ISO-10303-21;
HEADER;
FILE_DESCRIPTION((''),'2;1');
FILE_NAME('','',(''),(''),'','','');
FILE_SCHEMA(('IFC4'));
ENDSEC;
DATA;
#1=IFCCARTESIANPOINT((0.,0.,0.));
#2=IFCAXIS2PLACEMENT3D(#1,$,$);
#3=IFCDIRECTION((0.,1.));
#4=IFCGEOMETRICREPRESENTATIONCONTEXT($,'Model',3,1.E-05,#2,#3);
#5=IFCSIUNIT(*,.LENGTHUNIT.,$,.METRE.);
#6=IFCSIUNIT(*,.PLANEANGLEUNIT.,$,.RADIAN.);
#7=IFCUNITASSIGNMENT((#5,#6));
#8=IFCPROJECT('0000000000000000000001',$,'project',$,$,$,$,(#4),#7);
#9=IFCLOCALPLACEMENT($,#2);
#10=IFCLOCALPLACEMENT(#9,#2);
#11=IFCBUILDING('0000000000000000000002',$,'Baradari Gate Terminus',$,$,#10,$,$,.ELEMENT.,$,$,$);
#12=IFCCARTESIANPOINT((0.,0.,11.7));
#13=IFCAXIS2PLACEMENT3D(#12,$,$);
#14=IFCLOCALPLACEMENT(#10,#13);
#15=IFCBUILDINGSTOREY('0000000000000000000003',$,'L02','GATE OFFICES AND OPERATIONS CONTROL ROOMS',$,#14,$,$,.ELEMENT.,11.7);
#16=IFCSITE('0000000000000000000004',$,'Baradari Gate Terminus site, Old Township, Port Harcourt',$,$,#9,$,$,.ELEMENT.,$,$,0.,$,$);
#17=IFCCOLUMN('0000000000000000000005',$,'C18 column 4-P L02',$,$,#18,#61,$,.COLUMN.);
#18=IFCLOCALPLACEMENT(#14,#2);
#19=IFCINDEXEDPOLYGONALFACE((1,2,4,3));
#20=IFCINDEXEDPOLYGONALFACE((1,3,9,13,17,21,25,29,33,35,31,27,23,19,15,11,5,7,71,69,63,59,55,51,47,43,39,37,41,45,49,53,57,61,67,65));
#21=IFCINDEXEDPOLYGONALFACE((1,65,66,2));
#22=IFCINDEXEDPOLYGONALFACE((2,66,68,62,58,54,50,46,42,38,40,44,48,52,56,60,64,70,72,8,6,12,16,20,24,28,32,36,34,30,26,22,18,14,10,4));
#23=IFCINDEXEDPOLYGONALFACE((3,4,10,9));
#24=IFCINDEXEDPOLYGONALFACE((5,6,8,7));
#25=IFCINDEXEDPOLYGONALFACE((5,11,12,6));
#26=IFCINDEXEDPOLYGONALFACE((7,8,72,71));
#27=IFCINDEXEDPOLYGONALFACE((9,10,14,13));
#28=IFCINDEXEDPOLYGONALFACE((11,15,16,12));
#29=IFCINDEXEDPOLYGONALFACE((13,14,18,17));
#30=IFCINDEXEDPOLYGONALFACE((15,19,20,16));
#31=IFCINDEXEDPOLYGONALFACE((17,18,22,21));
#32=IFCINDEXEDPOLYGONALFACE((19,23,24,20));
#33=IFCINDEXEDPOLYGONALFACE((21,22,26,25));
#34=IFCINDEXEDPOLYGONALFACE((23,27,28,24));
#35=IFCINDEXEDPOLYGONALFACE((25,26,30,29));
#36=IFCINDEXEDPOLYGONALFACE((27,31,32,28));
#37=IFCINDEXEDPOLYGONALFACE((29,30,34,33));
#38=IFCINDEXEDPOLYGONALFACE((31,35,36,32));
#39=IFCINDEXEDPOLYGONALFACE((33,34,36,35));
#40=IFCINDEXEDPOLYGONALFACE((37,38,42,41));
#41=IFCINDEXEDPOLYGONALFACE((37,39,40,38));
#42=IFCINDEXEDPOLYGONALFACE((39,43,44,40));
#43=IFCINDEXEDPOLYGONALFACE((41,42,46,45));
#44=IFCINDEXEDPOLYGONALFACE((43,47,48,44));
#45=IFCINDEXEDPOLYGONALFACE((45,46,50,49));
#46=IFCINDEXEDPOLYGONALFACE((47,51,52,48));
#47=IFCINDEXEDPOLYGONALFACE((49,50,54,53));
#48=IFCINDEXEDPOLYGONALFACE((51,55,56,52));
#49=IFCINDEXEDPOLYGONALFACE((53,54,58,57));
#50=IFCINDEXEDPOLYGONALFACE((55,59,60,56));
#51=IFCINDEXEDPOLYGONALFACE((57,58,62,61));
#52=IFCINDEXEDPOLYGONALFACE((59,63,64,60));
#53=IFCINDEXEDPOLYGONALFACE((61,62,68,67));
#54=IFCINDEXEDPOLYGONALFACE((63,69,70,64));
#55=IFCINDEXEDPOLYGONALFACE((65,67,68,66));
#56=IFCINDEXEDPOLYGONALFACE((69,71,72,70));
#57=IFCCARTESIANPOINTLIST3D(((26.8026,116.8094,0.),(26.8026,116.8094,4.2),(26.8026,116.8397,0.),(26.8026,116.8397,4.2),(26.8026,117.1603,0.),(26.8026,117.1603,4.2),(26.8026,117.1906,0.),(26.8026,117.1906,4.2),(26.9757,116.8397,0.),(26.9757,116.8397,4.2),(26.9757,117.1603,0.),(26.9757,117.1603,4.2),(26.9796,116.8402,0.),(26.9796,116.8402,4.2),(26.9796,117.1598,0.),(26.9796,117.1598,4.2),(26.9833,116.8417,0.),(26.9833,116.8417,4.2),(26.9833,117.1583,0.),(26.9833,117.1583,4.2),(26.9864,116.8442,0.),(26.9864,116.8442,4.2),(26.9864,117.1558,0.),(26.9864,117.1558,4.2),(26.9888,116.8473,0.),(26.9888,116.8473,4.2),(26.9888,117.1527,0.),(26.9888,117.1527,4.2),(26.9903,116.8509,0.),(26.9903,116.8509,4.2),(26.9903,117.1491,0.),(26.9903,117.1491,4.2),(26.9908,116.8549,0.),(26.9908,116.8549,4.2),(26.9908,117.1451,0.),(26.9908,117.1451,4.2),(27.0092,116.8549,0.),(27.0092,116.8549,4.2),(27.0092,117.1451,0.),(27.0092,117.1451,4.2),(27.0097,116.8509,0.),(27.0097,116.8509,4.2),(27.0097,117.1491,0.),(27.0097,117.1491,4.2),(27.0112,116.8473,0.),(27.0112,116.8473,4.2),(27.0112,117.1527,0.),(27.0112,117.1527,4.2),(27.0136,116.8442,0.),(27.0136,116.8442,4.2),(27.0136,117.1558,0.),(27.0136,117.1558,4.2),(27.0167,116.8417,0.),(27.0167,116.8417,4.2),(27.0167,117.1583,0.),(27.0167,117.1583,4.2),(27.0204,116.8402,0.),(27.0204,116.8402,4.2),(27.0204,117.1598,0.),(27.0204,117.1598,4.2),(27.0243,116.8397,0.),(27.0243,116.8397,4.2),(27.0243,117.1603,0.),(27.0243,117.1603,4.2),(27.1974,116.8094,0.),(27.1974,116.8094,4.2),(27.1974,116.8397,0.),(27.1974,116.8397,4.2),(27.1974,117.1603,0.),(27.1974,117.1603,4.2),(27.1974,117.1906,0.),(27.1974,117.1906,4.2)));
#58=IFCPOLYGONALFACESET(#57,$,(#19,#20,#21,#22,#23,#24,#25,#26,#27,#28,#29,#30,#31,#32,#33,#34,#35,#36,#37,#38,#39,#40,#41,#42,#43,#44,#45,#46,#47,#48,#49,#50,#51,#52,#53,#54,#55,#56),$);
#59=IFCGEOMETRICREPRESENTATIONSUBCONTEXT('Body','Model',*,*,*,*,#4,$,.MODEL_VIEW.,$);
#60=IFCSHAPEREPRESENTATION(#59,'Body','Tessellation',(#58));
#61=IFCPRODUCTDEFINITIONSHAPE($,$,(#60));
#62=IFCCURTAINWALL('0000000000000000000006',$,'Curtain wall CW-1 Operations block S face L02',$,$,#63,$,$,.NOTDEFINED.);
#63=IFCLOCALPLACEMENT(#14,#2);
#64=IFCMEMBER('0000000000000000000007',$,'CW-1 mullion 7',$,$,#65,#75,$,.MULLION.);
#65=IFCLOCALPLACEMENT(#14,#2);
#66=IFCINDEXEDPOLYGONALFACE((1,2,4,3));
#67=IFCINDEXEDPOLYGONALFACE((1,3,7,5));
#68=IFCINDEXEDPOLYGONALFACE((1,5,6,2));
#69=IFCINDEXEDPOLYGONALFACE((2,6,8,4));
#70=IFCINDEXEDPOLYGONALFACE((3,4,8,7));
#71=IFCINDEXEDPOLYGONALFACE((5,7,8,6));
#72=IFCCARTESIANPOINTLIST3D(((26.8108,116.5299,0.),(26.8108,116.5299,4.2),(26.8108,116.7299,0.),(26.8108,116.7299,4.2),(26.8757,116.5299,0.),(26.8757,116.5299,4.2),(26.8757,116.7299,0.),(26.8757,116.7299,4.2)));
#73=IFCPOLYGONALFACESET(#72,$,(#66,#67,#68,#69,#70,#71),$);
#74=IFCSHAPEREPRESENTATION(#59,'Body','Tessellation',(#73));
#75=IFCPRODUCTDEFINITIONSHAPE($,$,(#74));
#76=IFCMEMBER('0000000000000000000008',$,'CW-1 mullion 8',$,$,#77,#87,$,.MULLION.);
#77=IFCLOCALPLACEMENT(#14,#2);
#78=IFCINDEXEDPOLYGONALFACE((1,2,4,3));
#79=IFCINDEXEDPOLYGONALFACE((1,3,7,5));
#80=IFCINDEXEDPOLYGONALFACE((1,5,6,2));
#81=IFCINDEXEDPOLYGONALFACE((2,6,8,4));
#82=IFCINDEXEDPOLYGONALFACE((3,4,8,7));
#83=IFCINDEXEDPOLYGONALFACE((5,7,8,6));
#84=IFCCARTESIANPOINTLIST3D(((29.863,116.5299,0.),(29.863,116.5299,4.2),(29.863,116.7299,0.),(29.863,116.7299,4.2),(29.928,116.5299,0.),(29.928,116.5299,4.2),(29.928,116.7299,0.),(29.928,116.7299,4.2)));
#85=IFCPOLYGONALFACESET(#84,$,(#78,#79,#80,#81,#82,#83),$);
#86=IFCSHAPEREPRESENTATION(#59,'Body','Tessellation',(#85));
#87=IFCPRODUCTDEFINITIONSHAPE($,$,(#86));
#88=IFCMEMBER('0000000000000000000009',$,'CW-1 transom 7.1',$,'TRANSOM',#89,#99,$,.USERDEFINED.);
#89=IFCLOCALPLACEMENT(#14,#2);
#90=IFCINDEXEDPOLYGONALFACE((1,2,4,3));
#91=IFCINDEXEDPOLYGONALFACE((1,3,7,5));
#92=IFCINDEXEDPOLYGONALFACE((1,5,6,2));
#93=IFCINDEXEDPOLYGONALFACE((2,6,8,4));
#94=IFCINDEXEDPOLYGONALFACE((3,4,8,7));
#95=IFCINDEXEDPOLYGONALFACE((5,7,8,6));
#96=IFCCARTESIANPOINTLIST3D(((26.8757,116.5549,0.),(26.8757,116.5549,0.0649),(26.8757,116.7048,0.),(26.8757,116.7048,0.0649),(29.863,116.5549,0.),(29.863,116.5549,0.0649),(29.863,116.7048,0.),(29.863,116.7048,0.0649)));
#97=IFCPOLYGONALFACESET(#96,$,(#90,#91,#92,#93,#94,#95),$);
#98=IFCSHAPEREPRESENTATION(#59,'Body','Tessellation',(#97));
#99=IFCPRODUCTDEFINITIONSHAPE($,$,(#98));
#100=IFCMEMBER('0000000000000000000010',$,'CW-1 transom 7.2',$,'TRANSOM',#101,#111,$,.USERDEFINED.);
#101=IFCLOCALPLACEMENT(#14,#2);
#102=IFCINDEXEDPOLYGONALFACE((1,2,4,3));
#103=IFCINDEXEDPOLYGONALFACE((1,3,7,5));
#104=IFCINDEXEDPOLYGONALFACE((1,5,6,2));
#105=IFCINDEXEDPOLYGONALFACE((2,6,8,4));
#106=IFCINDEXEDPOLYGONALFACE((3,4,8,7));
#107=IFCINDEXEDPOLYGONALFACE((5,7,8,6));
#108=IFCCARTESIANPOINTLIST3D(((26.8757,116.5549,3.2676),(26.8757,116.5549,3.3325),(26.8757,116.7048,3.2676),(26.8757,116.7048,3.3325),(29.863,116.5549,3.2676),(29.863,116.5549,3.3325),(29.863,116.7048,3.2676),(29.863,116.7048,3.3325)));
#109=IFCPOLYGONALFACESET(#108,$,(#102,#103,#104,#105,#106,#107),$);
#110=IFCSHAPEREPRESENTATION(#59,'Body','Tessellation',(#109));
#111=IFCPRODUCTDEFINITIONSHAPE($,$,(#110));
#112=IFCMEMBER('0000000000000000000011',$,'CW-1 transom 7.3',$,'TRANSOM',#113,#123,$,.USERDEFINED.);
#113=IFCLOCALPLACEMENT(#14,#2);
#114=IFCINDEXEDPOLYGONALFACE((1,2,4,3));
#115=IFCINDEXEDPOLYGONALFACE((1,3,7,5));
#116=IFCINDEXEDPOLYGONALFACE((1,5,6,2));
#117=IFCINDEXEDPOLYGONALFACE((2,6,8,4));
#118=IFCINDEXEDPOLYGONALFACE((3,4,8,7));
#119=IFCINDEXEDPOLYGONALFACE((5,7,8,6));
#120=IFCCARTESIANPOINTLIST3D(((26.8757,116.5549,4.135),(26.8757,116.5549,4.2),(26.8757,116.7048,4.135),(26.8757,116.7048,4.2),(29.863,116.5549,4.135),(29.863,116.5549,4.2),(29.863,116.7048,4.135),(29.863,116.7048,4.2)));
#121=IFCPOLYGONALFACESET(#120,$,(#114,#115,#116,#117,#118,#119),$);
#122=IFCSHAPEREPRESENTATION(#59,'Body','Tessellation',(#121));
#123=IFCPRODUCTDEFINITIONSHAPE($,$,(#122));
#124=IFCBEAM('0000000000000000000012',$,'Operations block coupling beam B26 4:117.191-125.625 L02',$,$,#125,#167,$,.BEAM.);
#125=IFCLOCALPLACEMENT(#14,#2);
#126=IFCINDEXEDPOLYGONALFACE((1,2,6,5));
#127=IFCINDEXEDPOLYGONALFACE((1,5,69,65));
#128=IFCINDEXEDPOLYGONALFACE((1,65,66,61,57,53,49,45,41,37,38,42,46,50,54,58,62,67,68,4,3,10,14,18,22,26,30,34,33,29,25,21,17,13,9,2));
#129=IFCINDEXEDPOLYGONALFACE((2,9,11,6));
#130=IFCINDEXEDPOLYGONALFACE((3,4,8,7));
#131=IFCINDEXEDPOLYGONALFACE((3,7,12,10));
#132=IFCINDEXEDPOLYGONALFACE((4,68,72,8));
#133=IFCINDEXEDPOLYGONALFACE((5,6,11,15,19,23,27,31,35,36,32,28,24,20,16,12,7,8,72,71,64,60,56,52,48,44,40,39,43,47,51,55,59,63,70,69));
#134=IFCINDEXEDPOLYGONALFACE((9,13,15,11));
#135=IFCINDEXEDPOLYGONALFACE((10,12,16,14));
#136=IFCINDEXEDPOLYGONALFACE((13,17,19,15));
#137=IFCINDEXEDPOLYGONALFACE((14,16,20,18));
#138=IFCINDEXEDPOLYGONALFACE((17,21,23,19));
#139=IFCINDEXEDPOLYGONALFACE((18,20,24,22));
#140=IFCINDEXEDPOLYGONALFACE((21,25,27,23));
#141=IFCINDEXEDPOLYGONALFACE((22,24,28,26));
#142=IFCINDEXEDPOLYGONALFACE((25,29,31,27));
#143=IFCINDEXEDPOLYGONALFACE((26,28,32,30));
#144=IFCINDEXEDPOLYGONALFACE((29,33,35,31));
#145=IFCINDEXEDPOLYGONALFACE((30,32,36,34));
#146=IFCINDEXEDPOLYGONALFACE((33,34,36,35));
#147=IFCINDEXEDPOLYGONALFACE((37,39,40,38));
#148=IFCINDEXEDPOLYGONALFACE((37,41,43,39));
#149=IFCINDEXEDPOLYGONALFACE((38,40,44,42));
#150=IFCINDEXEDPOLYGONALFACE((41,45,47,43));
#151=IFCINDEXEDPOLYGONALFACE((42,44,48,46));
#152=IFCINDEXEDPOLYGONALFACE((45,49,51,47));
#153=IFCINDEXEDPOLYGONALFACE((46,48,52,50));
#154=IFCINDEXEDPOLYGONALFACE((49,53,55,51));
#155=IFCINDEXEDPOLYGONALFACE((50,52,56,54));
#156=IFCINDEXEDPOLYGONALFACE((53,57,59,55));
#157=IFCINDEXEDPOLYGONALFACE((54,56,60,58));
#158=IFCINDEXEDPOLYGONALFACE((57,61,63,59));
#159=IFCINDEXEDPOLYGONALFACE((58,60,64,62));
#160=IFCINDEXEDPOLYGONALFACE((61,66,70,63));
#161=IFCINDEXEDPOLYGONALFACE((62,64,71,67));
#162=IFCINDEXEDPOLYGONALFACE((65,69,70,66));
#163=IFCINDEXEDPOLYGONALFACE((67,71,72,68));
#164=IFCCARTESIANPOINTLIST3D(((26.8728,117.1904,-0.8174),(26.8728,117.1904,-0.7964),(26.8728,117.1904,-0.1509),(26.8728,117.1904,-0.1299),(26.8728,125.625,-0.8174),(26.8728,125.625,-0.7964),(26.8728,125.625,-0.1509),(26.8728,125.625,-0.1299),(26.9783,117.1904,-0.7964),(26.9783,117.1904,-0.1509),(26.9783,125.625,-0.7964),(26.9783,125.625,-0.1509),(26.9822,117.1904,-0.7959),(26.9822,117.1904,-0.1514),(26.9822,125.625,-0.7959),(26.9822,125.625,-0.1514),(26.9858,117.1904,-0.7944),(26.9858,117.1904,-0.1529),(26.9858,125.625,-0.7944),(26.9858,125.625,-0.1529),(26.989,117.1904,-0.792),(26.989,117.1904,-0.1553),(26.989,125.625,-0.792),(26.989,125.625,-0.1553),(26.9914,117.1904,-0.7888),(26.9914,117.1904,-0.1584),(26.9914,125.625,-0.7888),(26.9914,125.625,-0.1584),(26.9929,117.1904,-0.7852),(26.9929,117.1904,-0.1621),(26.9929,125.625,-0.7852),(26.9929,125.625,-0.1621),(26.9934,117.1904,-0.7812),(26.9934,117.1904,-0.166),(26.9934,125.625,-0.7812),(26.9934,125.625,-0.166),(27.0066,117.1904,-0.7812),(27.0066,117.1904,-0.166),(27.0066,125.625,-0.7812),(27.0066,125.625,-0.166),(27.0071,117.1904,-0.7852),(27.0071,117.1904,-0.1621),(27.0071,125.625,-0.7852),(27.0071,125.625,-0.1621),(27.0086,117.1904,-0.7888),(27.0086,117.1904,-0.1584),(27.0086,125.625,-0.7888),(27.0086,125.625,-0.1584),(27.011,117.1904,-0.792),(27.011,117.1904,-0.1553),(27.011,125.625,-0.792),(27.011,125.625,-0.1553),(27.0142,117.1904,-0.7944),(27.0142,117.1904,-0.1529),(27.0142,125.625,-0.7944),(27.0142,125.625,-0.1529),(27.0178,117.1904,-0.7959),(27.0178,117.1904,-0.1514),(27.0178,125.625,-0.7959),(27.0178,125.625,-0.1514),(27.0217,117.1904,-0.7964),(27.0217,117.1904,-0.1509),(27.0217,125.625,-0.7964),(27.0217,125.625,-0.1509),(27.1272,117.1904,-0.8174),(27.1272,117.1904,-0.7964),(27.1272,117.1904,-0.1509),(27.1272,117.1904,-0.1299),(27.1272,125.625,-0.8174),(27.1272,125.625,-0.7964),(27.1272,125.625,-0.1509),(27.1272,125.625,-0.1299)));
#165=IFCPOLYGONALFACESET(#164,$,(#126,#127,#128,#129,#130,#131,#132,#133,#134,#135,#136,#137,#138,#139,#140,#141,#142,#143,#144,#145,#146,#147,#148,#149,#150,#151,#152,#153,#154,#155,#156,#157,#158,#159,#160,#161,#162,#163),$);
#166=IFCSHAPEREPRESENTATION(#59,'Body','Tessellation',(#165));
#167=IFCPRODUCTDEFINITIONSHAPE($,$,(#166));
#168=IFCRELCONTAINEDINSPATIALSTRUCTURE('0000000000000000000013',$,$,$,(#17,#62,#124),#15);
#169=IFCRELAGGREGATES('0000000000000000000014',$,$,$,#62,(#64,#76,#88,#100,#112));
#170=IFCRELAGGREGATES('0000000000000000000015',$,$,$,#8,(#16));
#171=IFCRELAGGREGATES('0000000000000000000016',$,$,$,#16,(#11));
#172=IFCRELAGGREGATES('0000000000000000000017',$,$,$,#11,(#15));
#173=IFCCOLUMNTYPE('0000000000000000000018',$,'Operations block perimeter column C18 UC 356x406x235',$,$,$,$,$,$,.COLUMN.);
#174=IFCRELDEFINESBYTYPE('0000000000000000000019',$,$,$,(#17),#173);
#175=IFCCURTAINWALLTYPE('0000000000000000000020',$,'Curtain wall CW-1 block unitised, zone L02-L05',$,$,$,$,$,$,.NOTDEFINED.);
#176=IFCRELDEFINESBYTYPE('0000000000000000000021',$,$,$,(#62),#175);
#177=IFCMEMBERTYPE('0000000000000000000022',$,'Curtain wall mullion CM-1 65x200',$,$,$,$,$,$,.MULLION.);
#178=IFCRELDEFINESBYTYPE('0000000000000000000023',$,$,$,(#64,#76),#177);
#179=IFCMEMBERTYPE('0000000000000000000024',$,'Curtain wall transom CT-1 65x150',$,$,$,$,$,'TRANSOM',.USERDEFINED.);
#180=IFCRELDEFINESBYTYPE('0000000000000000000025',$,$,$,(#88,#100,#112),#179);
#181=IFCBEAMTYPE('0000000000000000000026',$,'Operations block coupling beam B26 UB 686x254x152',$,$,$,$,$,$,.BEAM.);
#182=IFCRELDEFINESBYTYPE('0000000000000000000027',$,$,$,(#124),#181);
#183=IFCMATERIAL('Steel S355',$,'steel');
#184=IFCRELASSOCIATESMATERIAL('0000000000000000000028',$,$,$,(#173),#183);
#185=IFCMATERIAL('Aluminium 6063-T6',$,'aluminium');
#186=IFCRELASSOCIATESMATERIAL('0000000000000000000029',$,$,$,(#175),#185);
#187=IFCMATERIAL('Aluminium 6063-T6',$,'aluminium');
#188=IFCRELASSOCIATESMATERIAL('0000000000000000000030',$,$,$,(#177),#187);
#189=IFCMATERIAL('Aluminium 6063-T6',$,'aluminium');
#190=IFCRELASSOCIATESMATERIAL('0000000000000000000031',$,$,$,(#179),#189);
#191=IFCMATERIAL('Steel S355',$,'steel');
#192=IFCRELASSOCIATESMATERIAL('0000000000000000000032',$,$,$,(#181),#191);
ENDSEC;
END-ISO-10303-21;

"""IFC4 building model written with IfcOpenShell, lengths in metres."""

from ifc_helpers import new_model, si_unit, direction, frame, origin, origin_2d, place, context, subcontext, project, spatial, rectangle, i_section, extrude, material, material_profile, profile_set, type_object, element, aggregate, save


model = new_model("IFC4")

# Units and contexts
model_context = context("Model", 3, precision=1e-05, world=origin(), true_north=direction((0.0, 1.0)))
body_context = subcontext(model_context, "Body", "Model", "MODEL_VIEW")
ifc_project = project(units=[si_unit("LENGTHUNIT", "METRE"), si_unit("PLANEANGLEUNIT", "RADIAN")], contexts=[model_context])

# Site, building, storey
site_placement = place(None, origin())
site = spatial("IfcSite", under=ifc_project, at=site_placement, Name="Baradari Gate Terminus site, Old Township, Port Harcourt", CompositionType="ELEMENT", RefElevation=0.0)
building_placement = place(site_placement, origin())
building = spatial("IfcBuilding", under=site, at=building_placement, Name="Baradari Gate Terminus", CompositionType="ELEMENT")
storey_placement = place(building_placement, frame((0.0, 0.0, 11.7)))
storey = spatial("IfcBuildingStorey", under=building, at=storey_placement, Name="L02", Description="GATE OFFICES AND OPERATIONS CONTROL ROOMS", CompositionType="ELEMENT", Elevation=11.7)

# Column
ifc_material_1 = material(Name="Steel S355", Category="steel")
ifc_material_profile_1 = material_profile(ifc_material_1, i_section(OverallWidth=0.3948, OverallDepth=0.3811, WebThickness=0.0183, FlangeThickness=0.0303, FilletRadius=0.0151, at=origin_2d()), Name="UC 356x406x235")
ifc_profile_set_1 = profile_set([ifc_material_profile_1], Name="Steel S355")
column_type = type_object("IfcColumnType", Name="Operations block perimeter column C18 UC 356x406x235", PredefinedType="COLUMN", material=ifc_profile_set_1)
column_placement = place(storey_placement, frame((27.0, 117.0, 0.0), z_axis=(0.0, 0.0, 1.0), x_axis=(1.0, 0.0, 0.0)))
element("IfcColumn", 1, at=column_placement, inside=storey, type_object=column_type, Name="C18 column 4-P L02", PredefinedType="COLUMN", context=body_context, shape_type="SweptSolid", body=[
    extrude(i_section(OverallWidth=0.3948, OverallDepth=0.3811, WebThickness=0.0183, FlangeThickness=0.0303, FilletRadius=0.0151, at=origin_2d()), origin(), (0.0, 0.0, 1.0), 4.2),
])

# Curtain wall, members
ifc_material_2 = material(Name="Aluminium 6063-T6", Category="aluminium")
curtain_wall_type = type_object("IfcCurtainWallType", Name="Curtain wall CW-1 block unitised, zone L02-L05", PredefinedType="NOTDEFINED", material=ifc_material_2)
curtain_wall_placement = place(storey_placement, origin())
curtain_wall = element("IfcCurtainWall", 2, at=curtain_wall_placement, inside=storey, type_object=curtain_wall_type, Name="Curtain wall CW-1 Operations block S face L02", PredefinedType="NOTDEFINED")
ifc_material_3 = material(Name="Aluminium 6063-T6", Category="aluminium")
ifc_material_profile_2 = material_profile(ifc_material_3, rectangle(XDim=0.2, YDim=0.0649, at=origin_2d()), Name="CM-1 65X200")
ifc_profile_set_2 = profile_set([ifc_material_profile_2], Name="Aluminium 6063-T6")
member_type_1 = type_object("IfcMemberType", Name="Curtain wall mullion CM-1 65x200", PredefinedType="MULLION", material=ifc_profile_set_2)
member_1_placement = place(storey_placement, frame((26.8433, 116.6299, 0.0), z_axis=(0.0, 0.0, 1.0), x_axis=(0.0, 1.0, 0.0)))
member_1 = element("IfcMember", 3, at=member_1_placement, type_object=member_type_1, Name="CW-1 mullion 7", PredefinedType="MULLION", context=body_context, shape_type="SweptSolid", body=[
    extrude(rectangle(XDim=0.2, YDim=0.0649, at=origin_2d()), origin(), (0.0, 0.0, 1.0), 4.2),
])
member_2_placement = place(storey_placement, frame((29.8955, 116.6299, 0.0), z_axis=(0.0, 0.0, 1.0), x_axis=(0.0, 1.0, 0.0)))
member_2 = element("IfcMember", 4, at=member_2_placement, type_object=member_type_1, Name="CW-1 mullion 8", PredefinedType="MULLION", context=body_context, shape_type="SweptSolid", body=[
    extrude(rectangle(XDim=0.2, YDim=0.0649, at=origin_2d()), origin(), (0.0, 0.0, 1.0), 4.2),
])
ifc_material_4 = material(Name="Aluminium 6063-T6", Category="aluminium")
ifc_material_profile_3 = material_profile(ifc_material_4, rectangle(XDim=0.1499, YDim=0.0649, at=origin_2d()), Name="CT-1 65X150")
ifc_profile_set_3 = profile_set([ifc_material_profile_3], Name="Aluminium 6063-T6")
member_type_2 = type_object("IfcMemberType", Name="Curtain wall transom CT-1 65x150", ElementType="TRANSOM", PredefinedType="USERDEFINED", material=ifc_profile_set_3)
member_3_placement = place(storey_placement, frame((26.8757, 116.6299, 0.0325), z_axis=(1.0, 0.0, 0.0), x_axis=(0.0, 1.0, 0.0)))
member_3 = element("IfcMember", 5, at=member_3_placement, type_object=member_type_2, Name="CW-1 transom 7.1", ObjectType="TRANSOM", PredefinedType="USERDEFINED", context=body_context, shape_type="SweptSolid", body=[
    extrude(rectangle(XDim=0.1499, YDim=0.0649, at=origin_2d()), origin(), (0.0, 0.0, 1.0), 2.9873),
])
member_4_placement = place(storey_placement, frame((26.8757, 116.6299, 3.3), z_axis=(1.0, 0.0, 0.0), x_axis=(0.0, 1.0, 0.0)))
member_4 = element("IfcMember", 6, at=member_4_placement, type_object=member_type_2, Name="CW-1 transom 7.2", ObjectType="TRANSOM", PredefinedType="USERDEFINED", context=body_context, shape_type="SweptSolid", body=[
    extrude(rectangle(XDim=0.1499, YDim=0.0649, at=origin_2d()), origin(), (0.0, 0.0, 1.0), 2.9873),
])
member_5_placement = place(storey_placement, frame((26.8757, 116.6299, 4.1675), z_axis=(1.0, 0.0, 0.0), x_axis=(0.0, 1.0, 0.0)))
member_5 = element("IfcMember", 7, at=member_5_placement, type_object=member_type_2, Name="CW-1 transom 7.3", ObjectType="TRANSOM", PredefinedType="USERDEFINED", context=body_context, shape_type="SweptSolid", body=[
    extrude(rectangle(XDim=0.1499, YDim=0.0649, at=origin_2d()), origin(), (0.0, 0.0, 1.0), 2.9873),
])

# Beam
ifc_material_5 = material(Name="Steel S355", Category="steel")
ifc_material_profile_4 = material_profile(ifc_material_5, i_section(OverallWidth=0.2544, OverallDepth=0.6875, WebThickness=0.0132, FlangeThickness=0.021, FilletRadius=0.0151, at=origin_2d()), Name="UB 686x254x152")
ifc_profile_set_4 = profile_set([ifc_material_profile_4], Name="Steel S355")
beam_type_1 = type_object("IfcBeamType", Name="Operations block coupling beam B26 UB 686x254x152", PredefinedType="BEAM", material=ifc_profile_set_4)
beam_1_placement = place(storey_placement, frame((27.0, 117.1904, -0.4736), z_axis=(0.0, 1.0, 0.0), x_axis=(-1.0, 0.0, 0.0)))
element("IfcBeam", 8, at=beam_1_placement, inside=storey, type_object=beam_type_1, Name="Operations block coupling beam B26 4:117.191-125.625 L02", PredefinedType="BEAM", context=body_context, shape_type="SweptSolid", body=[
    extrude(i_section(OverallWidth=0.2544, OverallDepth=0.6875, WebThickness=0.0132, FlangeThickness=0.021, FilletRadius=0.0151, at=origin_2d()), origin(), (0.0, 0.0, 1.0), 8.4346),
])

aggregate(curtain_wall, [member_1, member_2, member_3, member_4, member_5])

save(model, "model.ifc")
